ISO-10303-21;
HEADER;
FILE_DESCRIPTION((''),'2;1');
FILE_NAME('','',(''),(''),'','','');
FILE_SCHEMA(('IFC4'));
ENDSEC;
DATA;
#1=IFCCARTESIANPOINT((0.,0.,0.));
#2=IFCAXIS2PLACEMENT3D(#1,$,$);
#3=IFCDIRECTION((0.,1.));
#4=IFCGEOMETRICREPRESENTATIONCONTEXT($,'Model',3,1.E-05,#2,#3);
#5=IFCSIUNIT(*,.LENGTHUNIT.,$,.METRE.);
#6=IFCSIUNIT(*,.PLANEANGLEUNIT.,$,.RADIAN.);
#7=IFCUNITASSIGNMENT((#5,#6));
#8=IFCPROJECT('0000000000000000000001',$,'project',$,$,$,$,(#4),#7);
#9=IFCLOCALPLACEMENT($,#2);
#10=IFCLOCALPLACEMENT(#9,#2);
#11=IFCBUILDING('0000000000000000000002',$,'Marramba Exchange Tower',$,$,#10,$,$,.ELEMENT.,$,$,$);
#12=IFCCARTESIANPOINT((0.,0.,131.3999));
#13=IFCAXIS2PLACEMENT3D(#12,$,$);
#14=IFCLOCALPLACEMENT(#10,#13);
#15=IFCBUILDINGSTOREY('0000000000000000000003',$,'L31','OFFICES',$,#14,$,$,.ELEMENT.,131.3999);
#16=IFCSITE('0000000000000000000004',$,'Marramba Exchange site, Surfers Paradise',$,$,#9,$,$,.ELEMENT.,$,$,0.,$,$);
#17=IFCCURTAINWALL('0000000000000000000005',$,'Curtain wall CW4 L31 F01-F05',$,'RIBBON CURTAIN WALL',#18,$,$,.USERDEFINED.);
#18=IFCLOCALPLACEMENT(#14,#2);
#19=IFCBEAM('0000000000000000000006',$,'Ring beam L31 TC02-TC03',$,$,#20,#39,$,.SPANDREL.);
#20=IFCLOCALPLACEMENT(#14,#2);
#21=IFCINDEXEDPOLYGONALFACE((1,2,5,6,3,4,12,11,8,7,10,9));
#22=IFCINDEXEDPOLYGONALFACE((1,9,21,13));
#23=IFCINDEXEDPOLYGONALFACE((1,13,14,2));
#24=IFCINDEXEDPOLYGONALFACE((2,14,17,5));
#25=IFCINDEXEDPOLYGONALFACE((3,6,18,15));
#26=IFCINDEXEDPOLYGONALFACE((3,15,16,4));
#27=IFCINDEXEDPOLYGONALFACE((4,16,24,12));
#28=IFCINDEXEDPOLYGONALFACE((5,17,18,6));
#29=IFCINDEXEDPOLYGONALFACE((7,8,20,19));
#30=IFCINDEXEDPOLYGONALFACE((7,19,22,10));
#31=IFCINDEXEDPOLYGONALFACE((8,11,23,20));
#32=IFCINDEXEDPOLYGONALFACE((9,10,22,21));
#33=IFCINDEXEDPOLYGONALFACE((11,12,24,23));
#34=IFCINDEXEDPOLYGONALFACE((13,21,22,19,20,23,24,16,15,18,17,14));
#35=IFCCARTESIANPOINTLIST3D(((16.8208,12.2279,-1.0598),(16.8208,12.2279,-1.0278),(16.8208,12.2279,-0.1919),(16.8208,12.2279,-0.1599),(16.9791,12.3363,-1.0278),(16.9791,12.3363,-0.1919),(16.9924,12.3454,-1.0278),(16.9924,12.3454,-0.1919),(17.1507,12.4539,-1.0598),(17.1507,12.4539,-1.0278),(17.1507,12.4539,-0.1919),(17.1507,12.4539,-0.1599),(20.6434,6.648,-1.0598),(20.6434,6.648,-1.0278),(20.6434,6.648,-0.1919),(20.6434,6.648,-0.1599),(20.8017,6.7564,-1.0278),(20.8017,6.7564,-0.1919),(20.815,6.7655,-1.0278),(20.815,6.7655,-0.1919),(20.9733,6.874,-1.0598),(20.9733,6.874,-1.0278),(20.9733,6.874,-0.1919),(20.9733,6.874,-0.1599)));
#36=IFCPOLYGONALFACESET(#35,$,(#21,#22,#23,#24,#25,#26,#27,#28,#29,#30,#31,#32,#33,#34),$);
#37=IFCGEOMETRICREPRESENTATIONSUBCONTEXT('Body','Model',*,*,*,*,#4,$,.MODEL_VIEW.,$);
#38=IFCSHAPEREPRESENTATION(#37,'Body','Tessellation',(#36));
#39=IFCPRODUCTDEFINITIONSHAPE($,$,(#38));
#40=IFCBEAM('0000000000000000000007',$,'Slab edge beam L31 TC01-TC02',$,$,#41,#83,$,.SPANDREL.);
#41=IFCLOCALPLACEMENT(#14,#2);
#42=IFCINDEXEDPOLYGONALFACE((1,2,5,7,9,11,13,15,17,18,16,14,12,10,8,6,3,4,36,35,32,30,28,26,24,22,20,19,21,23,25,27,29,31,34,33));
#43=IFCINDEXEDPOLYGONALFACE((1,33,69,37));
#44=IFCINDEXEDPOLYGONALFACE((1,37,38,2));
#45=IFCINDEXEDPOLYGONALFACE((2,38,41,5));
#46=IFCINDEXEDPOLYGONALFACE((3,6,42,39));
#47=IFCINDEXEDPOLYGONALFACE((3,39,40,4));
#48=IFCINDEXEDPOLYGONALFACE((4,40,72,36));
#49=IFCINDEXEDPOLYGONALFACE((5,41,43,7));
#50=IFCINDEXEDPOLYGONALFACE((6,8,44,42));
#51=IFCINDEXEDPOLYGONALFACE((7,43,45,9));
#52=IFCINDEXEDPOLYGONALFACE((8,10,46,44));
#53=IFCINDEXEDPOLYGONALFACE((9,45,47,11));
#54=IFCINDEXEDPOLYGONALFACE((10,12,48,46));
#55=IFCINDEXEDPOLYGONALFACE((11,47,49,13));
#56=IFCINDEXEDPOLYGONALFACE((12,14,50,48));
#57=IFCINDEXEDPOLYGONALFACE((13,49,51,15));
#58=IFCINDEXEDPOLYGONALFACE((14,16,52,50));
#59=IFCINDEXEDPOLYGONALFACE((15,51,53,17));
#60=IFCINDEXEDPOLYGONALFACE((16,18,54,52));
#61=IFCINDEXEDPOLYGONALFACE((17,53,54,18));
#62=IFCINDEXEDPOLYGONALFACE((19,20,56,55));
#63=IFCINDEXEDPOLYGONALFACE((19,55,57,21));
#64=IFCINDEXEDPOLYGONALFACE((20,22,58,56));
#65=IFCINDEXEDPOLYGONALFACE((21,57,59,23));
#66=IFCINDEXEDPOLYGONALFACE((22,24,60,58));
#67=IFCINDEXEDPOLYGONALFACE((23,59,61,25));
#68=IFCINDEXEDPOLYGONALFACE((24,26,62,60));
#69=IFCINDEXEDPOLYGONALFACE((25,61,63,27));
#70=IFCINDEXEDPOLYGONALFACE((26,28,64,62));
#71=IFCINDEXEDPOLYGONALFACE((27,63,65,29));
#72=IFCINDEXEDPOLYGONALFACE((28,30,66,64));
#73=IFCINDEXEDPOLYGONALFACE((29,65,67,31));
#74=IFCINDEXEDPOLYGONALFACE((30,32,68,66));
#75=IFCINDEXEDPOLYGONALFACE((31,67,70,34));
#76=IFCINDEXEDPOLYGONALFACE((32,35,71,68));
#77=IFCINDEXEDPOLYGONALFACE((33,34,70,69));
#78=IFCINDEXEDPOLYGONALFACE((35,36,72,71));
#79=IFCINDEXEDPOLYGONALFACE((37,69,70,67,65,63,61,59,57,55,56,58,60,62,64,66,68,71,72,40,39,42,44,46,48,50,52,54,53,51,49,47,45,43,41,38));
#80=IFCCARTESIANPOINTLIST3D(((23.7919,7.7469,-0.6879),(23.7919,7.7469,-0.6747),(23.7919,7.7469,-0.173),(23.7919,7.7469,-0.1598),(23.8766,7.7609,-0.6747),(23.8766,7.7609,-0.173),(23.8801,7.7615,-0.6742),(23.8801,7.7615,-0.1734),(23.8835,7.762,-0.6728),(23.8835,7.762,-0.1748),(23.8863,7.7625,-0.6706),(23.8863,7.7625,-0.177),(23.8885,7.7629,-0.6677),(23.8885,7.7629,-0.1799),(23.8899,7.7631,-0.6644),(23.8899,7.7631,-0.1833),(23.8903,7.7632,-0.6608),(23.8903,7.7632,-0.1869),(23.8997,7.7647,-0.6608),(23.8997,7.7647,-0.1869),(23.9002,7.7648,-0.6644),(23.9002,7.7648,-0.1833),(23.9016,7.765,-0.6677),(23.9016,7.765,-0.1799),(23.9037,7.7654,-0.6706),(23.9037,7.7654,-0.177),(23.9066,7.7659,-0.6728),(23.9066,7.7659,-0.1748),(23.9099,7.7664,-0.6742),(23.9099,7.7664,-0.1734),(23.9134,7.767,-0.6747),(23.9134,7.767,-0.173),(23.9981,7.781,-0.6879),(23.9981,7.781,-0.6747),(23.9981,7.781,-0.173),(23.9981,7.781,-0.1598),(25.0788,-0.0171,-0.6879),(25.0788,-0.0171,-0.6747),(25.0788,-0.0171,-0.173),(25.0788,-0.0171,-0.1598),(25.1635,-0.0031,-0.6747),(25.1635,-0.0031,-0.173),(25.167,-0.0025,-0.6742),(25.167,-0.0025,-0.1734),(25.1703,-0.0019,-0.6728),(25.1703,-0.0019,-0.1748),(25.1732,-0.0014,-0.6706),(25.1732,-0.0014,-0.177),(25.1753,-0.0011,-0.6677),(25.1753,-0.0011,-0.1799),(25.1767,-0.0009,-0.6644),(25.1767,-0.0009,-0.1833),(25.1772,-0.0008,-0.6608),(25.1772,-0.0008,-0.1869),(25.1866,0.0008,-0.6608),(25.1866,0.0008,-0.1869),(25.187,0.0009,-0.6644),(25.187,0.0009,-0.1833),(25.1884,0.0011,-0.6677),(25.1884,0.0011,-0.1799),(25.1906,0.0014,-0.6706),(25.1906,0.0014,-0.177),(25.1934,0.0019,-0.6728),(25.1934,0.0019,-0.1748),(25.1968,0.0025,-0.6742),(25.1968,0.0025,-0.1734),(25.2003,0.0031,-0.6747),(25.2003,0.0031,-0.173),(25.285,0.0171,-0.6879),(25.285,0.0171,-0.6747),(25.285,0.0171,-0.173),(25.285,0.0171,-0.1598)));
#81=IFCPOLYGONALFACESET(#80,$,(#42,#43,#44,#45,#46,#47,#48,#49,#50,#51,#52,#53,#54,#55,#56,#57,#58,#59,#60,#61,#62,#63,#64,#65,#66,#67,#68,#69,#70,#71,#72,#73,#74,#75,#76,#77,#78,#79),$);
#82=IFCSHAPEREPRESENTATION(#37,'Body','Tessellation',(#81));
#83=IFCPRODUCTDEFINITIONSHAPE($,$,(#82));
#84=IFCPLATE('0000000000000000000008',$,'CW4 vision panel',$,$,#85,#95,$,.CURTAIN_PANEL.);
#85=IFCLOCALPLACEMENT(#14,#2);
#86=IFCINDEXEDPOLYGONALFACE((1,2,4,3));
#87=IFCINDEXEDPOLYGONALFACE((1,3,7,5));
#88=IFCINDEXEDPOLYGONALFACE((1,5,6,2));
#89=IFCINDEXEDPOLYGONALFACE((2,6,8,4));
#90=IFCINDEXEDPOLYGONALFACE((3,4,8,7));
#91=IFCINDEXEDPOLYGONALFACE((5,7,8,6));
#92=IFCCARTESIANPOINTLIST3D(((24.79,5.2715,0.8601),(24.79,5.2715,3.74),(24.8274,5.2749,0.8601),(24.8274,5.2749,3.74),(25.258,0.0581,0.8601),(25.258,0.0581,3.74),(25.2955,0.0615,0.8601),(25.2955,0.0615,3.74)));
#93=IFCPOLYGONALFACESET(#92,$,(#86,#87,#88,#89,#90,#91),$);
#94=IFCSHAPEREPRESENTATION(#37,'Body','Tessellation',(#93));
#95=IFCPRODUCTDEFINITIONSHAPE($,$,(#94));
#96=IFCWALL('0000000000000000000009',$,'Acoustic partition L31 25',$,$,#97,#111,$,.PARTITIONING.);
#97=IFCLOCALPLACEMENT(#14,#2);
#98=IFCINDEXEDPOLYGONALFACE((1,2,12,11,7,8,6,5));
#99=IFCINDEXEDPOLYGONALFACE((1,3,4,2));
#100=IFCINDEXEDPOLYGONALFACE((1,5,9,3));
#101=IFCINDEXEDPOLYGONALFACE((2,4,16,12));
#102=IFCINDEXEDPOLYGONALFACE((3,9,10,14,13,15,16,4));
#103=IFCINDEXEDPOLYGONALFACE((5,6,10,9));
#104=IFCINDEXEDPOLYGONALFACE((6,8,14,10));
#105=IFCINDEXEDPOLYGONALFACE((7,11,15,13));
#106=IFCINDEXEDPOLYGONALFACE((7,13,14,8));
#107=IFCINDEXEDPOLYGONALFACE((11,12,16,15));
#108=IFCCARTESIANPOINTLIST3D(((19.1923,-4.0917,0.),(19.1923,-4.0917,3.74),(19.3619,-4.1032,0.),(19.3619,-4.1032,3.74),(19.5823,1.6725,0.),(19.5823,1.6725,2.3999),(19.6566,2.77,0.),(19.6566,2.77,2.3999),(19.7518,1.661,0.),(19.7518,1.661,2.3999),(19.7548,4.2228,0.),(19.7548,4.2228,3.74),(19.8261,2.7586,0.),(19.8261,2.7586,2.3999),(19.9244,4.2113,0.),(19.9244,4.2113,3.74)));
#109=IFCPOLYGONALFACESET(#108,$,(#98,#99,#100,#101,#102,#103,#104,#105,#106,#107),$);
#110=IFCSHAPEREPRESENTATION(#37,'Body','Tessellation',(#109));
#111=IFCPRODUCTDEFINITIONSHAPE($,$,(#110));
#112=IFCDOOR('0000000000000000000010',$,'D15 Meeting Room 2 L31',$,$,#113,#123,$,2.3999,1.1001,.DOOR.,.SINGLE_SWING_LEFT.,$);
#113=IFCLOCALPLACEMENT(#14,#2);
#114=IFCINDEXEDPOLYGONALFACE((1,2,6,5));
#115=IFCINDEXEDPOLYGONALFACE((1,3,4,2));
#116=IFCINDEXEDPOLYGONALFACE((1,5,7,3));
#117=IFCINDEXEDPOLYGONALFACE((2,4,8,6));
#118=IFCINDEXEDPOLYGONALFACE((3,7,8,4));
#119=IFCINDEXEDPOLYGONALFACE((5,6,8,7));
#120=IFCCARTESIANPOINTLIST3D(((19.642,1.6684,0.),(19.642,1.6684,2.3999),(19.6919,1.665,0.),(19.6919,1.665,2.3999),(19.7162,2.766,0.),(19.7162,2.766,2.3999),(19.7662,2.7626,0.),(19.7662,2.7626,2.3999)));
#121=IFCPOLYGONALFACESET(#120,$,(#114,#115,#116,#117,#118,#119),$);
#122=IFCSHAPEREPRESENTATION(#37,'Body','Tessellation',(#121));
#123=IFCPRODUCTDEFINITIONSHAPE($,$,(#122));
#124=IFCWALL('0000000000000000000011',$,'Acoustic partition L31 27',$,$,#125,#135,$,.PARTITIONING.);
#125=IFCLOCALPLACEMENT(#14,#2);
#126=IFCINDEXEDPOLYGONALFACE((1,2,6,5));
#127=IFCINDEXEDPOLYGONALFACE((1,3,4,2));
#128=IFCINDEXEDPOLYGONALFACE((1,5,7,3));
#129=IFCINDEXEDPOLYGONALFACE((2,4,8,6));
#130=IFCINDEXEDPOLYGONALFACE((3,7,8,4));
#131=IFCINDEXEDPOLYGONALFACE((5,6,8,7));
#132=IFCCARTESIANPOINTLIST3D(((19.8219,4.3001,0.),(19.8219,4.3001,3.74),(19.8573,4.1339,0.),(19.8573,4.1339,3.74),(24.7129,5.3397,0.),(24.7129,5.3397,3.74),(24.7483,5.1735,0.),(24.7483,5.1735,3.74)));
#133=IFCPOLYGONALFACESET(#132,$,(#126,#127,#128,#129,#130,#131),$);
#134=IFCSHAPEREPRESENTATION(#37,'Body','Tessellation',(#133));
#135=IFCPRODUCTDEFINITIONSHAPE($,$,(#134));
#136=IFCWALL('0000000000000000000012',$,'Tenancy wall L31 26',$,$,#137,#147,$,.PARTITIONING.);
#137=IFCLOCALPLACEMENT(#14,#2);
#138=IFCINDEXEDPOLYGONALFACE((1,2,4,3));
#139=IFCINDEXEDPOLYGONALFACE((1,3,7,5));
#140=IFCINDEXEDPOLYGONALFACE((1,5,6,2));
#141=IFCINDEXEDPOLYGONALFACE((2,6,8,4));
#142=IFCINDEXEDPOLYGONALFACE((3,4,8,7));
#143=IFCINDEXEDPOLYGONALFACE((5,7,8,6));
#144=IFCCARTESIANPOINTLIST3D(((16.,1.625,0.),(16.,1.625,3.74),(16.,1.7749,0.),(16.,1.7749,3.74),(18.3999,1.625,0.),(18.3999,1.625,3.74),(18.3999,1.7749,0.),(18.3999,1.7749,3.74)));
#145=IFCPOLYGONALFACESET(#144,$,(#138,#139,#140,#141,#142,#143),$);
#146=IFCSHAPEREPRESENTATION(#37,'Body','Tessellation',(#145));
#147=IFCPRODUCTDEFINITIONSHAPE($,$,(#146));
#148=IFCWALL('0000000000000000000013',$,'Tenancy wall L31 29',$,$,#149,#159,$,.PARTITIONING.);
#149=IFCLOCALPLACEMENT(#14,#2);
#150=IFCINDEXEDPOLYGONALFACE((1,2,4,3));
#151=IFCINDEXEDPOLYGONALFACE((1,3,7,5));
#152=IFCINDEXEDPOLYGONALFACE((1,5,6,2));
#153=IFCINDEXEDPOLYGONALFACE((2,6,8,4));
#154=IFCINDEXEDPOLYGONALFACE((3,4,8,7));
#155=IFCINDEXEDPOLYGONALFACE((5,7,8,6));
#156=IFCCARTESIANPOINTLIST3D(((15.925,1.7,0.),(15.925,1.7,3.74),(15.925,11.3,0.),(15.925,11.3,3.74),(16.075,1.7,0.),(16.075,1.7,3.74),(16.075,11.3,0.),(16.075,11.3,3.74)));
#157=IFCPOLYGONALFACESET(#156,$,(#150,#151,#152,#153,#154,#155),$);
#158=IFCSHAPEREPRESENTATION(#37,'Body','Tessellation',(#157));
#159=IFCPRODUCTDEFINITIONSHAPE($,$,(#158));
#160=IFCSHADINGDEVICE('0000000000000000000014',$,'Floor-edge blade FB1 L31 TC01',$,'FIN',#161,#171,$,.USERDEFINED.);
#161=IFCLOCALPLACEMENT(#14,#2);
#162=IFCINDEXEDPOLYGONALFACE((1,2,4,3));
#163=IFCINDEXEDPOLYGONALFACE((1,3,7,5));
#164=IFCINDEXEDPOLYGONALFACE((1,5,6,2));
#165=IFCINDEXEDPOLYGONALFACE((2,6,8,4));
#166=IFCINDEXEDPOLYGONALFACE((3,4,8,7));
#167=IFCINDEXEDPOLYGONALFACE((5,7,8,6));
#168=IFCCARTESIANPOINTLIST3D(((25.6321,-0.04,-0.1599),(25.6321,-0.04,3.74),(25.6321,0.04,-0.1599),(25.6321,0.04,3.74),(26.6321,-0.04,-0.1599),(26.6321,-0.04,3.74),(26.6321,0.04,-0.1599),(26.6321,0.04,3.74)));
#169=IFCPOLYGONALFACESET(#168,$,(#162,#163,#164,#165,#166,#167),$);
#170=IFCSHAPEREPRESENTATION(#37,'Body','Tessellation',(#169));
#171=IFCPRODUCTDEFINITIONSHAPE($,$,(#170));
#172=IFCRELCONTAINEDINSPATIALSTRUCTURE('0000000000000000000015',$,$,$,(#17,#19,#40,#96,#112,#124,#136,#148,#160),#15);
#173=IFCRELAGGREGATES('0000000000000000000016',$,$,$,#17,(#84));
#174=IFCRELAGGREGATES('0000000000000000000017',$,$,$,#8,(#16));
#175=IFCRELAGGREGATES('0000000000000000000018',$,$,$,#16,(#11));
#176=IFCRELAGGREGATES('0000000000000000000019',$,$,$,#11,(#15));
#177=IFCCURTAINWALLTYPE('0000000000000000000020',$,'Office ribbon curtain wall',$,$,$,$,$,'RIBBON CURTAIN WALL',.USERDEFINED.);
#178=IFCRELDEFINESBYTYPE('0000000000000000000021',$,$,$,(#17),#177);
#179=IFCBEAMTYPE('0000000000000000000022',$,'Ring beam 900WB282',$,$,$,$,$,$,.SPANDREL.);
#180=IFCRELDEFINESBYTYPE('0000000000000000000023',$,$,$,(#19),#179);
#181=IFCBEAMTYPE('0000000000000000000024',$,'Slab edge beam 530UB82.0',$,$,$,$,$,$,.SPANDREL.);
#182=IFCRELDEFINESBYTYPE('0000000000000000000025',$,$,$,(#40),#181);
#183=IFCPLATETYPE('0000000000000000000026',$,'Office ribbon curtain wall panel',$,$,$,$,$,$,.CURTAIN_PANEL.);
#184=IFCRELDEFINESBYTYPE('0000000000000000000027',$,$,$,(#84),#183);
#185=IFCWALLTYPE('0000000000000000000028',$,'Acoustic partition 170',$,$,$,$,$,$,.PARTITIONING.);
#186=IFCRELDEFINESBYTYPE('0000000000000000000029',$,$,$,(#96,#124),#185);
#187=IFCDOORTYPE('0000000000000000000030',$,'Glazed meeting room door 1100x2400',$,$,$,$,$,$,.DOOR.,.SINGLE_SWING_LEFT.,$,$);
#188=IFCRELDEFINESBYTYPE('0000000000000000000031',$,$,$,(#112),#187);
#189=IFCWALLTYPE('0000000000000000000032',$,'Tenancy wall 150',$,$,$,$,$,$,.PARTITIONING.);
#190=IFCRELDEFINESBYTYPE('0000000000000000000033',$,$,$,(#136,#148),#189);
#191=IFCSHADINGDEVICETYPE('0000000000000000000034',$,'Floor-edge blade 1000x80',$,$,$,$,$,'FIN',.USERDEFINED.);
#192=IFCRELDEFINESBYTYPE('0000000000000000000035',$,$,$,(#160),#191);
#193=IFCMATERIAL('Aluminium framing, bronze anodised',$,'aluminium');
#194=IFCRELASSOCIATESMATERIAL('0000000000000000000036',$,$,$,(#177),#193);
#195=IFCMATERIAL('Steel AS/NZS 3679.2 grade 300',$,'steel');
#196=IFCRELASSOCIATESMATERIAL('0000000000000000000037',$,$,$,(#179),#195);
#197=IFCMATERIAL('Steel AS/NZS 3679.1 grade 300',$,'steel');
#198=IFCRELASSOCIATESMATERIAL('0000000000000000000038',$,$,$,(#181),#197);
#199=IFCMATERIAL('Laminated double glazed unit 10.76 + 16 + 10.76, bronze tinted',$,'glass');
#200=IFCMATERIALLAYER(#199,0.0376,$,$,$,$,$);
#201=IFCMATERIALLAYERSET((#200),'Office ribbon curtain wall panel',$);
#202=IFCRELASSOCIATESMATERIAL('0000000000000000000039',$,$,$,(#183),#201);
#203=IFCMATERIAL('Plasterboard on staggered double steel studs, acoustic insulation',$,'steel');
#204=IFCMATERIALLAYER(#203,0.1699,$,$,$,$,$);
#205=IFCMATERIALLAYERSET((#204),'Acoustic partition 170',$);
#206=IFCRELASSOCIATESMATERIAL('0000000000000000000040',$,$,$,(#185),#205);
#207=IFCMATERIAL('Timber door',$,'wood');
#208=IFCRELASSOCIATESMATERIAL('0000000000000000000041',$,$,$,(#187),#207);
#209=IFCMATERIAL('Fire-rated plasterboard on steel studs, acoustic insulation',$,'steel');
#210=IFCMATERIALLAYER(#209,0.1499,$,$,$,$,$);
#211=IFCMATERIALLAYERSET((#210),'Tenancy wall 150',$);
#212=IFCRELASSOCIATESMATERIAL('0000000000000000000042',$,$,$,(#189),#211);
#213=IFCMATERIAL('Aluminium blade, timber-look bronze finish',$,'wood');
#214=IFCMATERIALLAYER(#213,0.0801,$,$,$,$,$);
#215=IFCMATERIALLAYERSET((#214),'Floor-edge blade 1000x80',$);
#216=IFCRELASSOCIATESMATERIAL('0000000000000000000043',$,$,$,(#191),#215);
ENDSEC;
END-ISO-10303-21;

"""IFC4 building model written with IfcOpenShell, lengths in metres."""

from ifc_helpers import new_model, si_unit, direction, frame, frame_2d, origin, origin_2d, place, context, subcontext, project, spatial, rectangle, i_section, extrude, material, layer, layer_set, material_profile, profile_set, type_object, element, fill, aggregate, save


model = new_model("IFC4")

# Units and contexts
model_context = context("Model", 3, precision=1e-05, world=origin(), true_north=direction((0.0, 1.0)))
body_context = subcontext(model_context, "Body", "Model", "MODEL_VIEW")
ifc_project = project(units=[si_unit("LENGTHUNIT", "METRE"), si_unit("PLANEANGLEUNIT", "RADIAN")], contexts=[model_context])

# Site, building, storey
site_placement = place(None, origin())
site = spatial("IfcSite", under=ifc_project, at=site_placement, Name="Marramba Exchange site, Surfers Paradise", CompositionType="ELEMENT", RefElevation=0.0)
building_placement = place(site_placement, origin())
building = spatial("IfcBuilding", under=site, at=building_placement, Name="Marramba Exchange Tower", CompositionType="ELEMENT")
storey_placement = place(building_placement, frame((0.0, 0.0, 131.3999)))
storey = spatial("IfcBuildingStorey", under=building, at=storey_placement, Name="L31", Description="OFFICES", CompositionType="ELEMENT", Elevation=131.3999)

# Shared definitions
ifc_material_1 = material(Name="Steel AS/NZS 3679.2 grade 300", Category="steel")
ifc_material_2 = material(Name="Steel AS/NZS 3679.1 grade 300", Category="steel")

# Curtain wall
ifc_material_3 = material(Name="Aluminium framing, bronze anodised", Category="aluminium")
curtain_wall_type = type_object("IfcCurtainWallType", Name="Office ribbon curtain wall", ElementType="RIBBON CURTAIN WALL", PredefinedType="USERDEFINED", material=ifc_material_3)
curtain_wall_placement = place(storey_placement, origin())
curtain_wall = element("IfcCurtainWall", 1, at=curtain_wall_placement, inside=storey, type_object=curtain_wall_type, Name="Curtain wall CW4 L31 F01-F05", ObjectType="RIBBON CURTAIN WALL", PredefinedType="USERDEFINED")

# Beams
ifc_material_profile_1 = material_profile(ifc_material_1, i_section(OverallWidth=0.3999, OverallDepth=0.8999, WebThickness=0.0161, FlangeThickness=0.032, at=origin_2d()), Name="900WB282")
ifc_profile_set_1 = profile_set([ifc_material_profile_1], Name="Steel AS/NZS 3679.2 grade 300")
beam_type_1 = type_object("IfcBeamType", Name="Ring beam 900WB282", PredefinedType="SPANDREL", material=ifc_profile_set_1)
beam_1_placement = place(storey_placement, frame((20.8083, 6.761, -0.6099), z_axis=(-0.56516, 0.824981, 0.0), x_axis=(-0.824981, -0.56516, 0.0)))
element("IfcBeam", 2, at=beam_1_placement, inside=storey, type_object=beam_type_1, Name="Ring beam L31 TC02-TC03", PredefinedType="SPANDREL", context=body_context, shape_type="SweptSolid", body=[
    extrude(i_section(OverallWidth=0.3999, OverallDepth=0.8999, WebThickness=0.0161, FlangeThickness=0.032, at=origin_2d()), origin(), (0.0, 0.0, 1.0), 6.7637),
])
ifc_material_profile_2 = material_profile(ifc_material_2, i_section(OverallWidth=0.209, OverallDepth=0.5281, WebThickness=0.0095, FlangeThickness=0.0132, FilletRadius=0.0139, at=origin_2d()), Name="530UB82.0")
ifc_profile_set_2 = profile_set([ifc_material_profile_2], Name="Steel AS/NZS 3679.1 grade 300")
beam_type_2 = type_object("IfcBeamType", Name="Slab edge beam 530UB82.0", PredefinedType="SPANDREL", material=ifc_profile_set_2)
beam_2_placement = place(storey_placement, frame((25.1819, 0.0, -0.4238), z_axis=(-0.163519, 0.98654, 0.0), x_axis=(-0.98654, -0.163519, 0.0)))
element("IfcBeam", 3, at=beam_2_placement, inside=storey, type_object=beam_type_2, Name="Slab edge beam L31 TC01-TC02", PredefinedType="SPANDREL", context=body_context, shape_type="SweptSolid", body=[
    extrude(i_section(OverallWidth=0.209, OverallDepth=0.5281, WebThickness=0.0095, FlangeThickness=0.0132, FilletRadius=0.0139, at=origin_2d()), origin(), (0.0, 0.0, 1.0), 7.8699),
])

# Plate
ifc_material_4 = material(Name="Laminated double glazed unit 10.76 + 16 + 10.76, bronze tinted", Category="glass")
ifc_layer_1 = layer(ifc_material_4, 0.0376)
ifc_layer_set_1 = layer_set([ifc_layer_1], Name="Office ribbon curtain wall panel")
plate_type = type_object("IfcPlateType", Name="Office ribbon curtain wall panel", PredefinedType="CURTAIN_PANEL", material=ifc_layer_set_1)
plate_placement = place(storey_placement, frame((25.0427, 2.6665, 0.8601), z_axis=(0.0, 0.0, 1.0), x_axis=(-0.089413, 0.995995, 0.0)))
plate = element("IfcPlate", 4, at=plate_placement, type_object=plate_type, Name="CW4 vision panel", PredefinedType="CURTAIN_PANEL", context=body_context, shape_type="SweptSolid", body=[
    extrude(rectangle(XDim=5.2344, YDim=0.0376, at=origin_2d()), origin(), (0.0, 0.0, 1.0), 2.8799),
])
aggregate(curtain_wall, [plate])

# Wall, opening, door
ifc_material_5 = material(Name="Plasterboard on staggered double steel studs, acoustic insulation", Category="steel")
ifc_layer_2 = layer(ifc_material_5, 0.1699)
ifc_layer_set_2 = layer_set([ifc_layer_2], Name="Acoustic partition 170")
wall_type_1 = type_object("IfcWallType", Name="Acoustic partition 170", PredefinedType="PARTITIONING", material=ifc_layer_set_2)
wall_1_placement = place(storey_placement, frame((19.8396, 4.217, 0.0), z_axis=(0.0, 0.0, 1.0), x_axis=(-0.067499, -0.997719, 0.0)))
wall_1 = element("IfcWall", 5, at=wall_1_placement, inside=storey, type_object=wall_type_1, Name="Acoustic partition L31 25", PredefinedType="PARTITIONING", context=body_context, shape_type="SweptSolid", body=[
    extrude(rectangle(XDim=8.3335, YDim=0.1699, at=frame_2d((4.1667, 0.0))), origin(), (0.0, 0.0, 1.0), 3.74),
])
opening_placement = place(wall_1_placement, frame((1.4561, 0.0, 0.0)))
opening = element("IfcOpeningElement", 6, at=opening_placement, cuts=wall_1, PredefinedType="OPENING", context=body_context, shape_type="SweptSolid", body=[
    extrude(rectangle(XDim=1.1001, YDim=2.3999, at=frame_2d((0.55, 1.2))), frame((0.0, 0.095, 0.0), z_axis=(0.0, -1.0, 0.0), x_axis=(1.0, 0.0, 0.0)), (0.0, 0.0, 1.0), 0.1899),
])
ifc_material_6 = material(Name="Timber door", Category="wood")
door_type = type_object("IfcDoorType", Name="Glazed meeting room door 1100x2400", OperationType="SINGLE_SWING_LEFT", PredefinedType="DOOR", material=ifc_material_6)
door_placement = place(opening_placement, origin())
door = element("IfcDoor", 7, at=door_placement, inside=storey, type_object=door_type, Name="D15 Meeting Room 2 L31", OperationType="SINGLE_SWING_LEFT", OverallHeight=2.3999, OverallWidth=1.1001, PredefinedType="DOOR", context=body_context, shape_type="SweptSolid", body=[
    extrude(rectangle(XDim=1.1001, YDim=2.3999, at=frame_2d((0.55, 1.2))), frame((0.0, 0.0249, 0.0), z_axis=(0.0, -1.0, 0.0), x_axis=(1.0, 0.0, 0.0)), (0.0, 0.0, 1.0), 0.05),
])
fill(opening, door)

# Walls
wall_2_placement = place(storey_placement, frame((24.7305, 5.2566, 0.0), z_axis=(0.0, 0.0, 1.0), x_axis=(-0.978149, -0.207905, 0.0)))
element("IfcWall", 8, at=wall_2_placement, inside=storey, type_object=wall_type_1, Name="Acoustic partition L31 27", PredefinedType="PARTITIONING", context=body_context, shape_type="SweptSolid", body=[
    extrude(rectangle(XDim=5.0002, YDim=0.1699, at=frame_2d((2.5, 0.0))), origin(), (0.0, 0.0, 1.0), 3.74),
])
ifc_material_7 = material(Name="Fire-rated plasterboard on steel studs, acoustic insulation", Category="steel")
ifc_layer_3 = layer(ifc_material_7, 0.1499)
ifc_layer_set_3 = layer_set([ifc_layer_3], Name="Tenancy wall 150")
wall_type_2 = type_object("IfcWallType", Name="Tenancy wall 150", PredefinedType="PARTITIONING", material=ifc_layer_set_3)
wall_3_placement = place(storey_placement, frame((18.3999, 1.7, 0.0), z_axis=(0.0, 0.0, 1.0), x_axis=(-1.0, 0.0, 0.0)))
element("IfcWall", 9, at=wall_3_placement, inside=storey, type_object=wall_type_2, Name="Tenancy wall L31 26", PredefinedType="PARTITIONING", context=body_context, shape_type="SweptSolid", body=[
    extrude(rectangle(XDim=2.3999, YDim=0.1499, at=frame_2d((1.2, 0.0))), origin(), (0.0, 0.0, 1.0), 3.74),
])
wall_4_placement = place(storey_placement, frame((16.0, 1.7, 0.0), z_axis=(0.0, 0.0, 1.0), x_axis=(0.0, 1.0, 0.0)))
element("IfcWall", 10, at=wall_4_placement, inside=storey, type_object=wall_type_2, Name="Tenancy wall L31 29", PredefinedType="PARTITIONING", context=body_context, shape_type="SweptSolid", body=[
    extrude(rectangle(XDim=9.6001, YDim=0.1499, at=frame_2d((4.8, 0.0))), origin(), (0.0, 0.0, 1.0), 3.74),
])

# Shading device
ifc_material_8 = material(Name="Aluminium blade, timber-look bronze finish", Category="wood")
ifc_layer_4 = layer(ifc_material_8, 0.0801)
ifc_layer_set_4 = layer_set([ifc_layer_4], Name="Floor-edge blade 1000x80")
shading_device_type_1 = type_object("IfcShadingDeviceType", Name="Floor-edge blade 1000x80", ElementType="FIN", PredefinedType="USERDEFINED", material=ifc_layer_set_4)
shading_device_1_placement = place(storey_placement, frame((26.1321, 0.0, -0.1599), z_axis=(0.0, 0.0, 1.0), x_axis=(1.0, 0.0, 0.0)))
element("IfcShadingDevice", 11, at=shading_device_1_placement, inside=storey, type_object=shading_device_type_1, Name="Floor-edge blade FB1 L31 TC01", ObjectType="FIN", PredefinedType="USERDEFINED", context=body_context, shape_type="SweptSolid", body=[
    extrude(rectangle(XDim=1.0, YDim=0.0801, at=origin_2d()), origin(), (0.0, 0.0, 1.0), 3.8999),
])

save(model, "model.ifc")
